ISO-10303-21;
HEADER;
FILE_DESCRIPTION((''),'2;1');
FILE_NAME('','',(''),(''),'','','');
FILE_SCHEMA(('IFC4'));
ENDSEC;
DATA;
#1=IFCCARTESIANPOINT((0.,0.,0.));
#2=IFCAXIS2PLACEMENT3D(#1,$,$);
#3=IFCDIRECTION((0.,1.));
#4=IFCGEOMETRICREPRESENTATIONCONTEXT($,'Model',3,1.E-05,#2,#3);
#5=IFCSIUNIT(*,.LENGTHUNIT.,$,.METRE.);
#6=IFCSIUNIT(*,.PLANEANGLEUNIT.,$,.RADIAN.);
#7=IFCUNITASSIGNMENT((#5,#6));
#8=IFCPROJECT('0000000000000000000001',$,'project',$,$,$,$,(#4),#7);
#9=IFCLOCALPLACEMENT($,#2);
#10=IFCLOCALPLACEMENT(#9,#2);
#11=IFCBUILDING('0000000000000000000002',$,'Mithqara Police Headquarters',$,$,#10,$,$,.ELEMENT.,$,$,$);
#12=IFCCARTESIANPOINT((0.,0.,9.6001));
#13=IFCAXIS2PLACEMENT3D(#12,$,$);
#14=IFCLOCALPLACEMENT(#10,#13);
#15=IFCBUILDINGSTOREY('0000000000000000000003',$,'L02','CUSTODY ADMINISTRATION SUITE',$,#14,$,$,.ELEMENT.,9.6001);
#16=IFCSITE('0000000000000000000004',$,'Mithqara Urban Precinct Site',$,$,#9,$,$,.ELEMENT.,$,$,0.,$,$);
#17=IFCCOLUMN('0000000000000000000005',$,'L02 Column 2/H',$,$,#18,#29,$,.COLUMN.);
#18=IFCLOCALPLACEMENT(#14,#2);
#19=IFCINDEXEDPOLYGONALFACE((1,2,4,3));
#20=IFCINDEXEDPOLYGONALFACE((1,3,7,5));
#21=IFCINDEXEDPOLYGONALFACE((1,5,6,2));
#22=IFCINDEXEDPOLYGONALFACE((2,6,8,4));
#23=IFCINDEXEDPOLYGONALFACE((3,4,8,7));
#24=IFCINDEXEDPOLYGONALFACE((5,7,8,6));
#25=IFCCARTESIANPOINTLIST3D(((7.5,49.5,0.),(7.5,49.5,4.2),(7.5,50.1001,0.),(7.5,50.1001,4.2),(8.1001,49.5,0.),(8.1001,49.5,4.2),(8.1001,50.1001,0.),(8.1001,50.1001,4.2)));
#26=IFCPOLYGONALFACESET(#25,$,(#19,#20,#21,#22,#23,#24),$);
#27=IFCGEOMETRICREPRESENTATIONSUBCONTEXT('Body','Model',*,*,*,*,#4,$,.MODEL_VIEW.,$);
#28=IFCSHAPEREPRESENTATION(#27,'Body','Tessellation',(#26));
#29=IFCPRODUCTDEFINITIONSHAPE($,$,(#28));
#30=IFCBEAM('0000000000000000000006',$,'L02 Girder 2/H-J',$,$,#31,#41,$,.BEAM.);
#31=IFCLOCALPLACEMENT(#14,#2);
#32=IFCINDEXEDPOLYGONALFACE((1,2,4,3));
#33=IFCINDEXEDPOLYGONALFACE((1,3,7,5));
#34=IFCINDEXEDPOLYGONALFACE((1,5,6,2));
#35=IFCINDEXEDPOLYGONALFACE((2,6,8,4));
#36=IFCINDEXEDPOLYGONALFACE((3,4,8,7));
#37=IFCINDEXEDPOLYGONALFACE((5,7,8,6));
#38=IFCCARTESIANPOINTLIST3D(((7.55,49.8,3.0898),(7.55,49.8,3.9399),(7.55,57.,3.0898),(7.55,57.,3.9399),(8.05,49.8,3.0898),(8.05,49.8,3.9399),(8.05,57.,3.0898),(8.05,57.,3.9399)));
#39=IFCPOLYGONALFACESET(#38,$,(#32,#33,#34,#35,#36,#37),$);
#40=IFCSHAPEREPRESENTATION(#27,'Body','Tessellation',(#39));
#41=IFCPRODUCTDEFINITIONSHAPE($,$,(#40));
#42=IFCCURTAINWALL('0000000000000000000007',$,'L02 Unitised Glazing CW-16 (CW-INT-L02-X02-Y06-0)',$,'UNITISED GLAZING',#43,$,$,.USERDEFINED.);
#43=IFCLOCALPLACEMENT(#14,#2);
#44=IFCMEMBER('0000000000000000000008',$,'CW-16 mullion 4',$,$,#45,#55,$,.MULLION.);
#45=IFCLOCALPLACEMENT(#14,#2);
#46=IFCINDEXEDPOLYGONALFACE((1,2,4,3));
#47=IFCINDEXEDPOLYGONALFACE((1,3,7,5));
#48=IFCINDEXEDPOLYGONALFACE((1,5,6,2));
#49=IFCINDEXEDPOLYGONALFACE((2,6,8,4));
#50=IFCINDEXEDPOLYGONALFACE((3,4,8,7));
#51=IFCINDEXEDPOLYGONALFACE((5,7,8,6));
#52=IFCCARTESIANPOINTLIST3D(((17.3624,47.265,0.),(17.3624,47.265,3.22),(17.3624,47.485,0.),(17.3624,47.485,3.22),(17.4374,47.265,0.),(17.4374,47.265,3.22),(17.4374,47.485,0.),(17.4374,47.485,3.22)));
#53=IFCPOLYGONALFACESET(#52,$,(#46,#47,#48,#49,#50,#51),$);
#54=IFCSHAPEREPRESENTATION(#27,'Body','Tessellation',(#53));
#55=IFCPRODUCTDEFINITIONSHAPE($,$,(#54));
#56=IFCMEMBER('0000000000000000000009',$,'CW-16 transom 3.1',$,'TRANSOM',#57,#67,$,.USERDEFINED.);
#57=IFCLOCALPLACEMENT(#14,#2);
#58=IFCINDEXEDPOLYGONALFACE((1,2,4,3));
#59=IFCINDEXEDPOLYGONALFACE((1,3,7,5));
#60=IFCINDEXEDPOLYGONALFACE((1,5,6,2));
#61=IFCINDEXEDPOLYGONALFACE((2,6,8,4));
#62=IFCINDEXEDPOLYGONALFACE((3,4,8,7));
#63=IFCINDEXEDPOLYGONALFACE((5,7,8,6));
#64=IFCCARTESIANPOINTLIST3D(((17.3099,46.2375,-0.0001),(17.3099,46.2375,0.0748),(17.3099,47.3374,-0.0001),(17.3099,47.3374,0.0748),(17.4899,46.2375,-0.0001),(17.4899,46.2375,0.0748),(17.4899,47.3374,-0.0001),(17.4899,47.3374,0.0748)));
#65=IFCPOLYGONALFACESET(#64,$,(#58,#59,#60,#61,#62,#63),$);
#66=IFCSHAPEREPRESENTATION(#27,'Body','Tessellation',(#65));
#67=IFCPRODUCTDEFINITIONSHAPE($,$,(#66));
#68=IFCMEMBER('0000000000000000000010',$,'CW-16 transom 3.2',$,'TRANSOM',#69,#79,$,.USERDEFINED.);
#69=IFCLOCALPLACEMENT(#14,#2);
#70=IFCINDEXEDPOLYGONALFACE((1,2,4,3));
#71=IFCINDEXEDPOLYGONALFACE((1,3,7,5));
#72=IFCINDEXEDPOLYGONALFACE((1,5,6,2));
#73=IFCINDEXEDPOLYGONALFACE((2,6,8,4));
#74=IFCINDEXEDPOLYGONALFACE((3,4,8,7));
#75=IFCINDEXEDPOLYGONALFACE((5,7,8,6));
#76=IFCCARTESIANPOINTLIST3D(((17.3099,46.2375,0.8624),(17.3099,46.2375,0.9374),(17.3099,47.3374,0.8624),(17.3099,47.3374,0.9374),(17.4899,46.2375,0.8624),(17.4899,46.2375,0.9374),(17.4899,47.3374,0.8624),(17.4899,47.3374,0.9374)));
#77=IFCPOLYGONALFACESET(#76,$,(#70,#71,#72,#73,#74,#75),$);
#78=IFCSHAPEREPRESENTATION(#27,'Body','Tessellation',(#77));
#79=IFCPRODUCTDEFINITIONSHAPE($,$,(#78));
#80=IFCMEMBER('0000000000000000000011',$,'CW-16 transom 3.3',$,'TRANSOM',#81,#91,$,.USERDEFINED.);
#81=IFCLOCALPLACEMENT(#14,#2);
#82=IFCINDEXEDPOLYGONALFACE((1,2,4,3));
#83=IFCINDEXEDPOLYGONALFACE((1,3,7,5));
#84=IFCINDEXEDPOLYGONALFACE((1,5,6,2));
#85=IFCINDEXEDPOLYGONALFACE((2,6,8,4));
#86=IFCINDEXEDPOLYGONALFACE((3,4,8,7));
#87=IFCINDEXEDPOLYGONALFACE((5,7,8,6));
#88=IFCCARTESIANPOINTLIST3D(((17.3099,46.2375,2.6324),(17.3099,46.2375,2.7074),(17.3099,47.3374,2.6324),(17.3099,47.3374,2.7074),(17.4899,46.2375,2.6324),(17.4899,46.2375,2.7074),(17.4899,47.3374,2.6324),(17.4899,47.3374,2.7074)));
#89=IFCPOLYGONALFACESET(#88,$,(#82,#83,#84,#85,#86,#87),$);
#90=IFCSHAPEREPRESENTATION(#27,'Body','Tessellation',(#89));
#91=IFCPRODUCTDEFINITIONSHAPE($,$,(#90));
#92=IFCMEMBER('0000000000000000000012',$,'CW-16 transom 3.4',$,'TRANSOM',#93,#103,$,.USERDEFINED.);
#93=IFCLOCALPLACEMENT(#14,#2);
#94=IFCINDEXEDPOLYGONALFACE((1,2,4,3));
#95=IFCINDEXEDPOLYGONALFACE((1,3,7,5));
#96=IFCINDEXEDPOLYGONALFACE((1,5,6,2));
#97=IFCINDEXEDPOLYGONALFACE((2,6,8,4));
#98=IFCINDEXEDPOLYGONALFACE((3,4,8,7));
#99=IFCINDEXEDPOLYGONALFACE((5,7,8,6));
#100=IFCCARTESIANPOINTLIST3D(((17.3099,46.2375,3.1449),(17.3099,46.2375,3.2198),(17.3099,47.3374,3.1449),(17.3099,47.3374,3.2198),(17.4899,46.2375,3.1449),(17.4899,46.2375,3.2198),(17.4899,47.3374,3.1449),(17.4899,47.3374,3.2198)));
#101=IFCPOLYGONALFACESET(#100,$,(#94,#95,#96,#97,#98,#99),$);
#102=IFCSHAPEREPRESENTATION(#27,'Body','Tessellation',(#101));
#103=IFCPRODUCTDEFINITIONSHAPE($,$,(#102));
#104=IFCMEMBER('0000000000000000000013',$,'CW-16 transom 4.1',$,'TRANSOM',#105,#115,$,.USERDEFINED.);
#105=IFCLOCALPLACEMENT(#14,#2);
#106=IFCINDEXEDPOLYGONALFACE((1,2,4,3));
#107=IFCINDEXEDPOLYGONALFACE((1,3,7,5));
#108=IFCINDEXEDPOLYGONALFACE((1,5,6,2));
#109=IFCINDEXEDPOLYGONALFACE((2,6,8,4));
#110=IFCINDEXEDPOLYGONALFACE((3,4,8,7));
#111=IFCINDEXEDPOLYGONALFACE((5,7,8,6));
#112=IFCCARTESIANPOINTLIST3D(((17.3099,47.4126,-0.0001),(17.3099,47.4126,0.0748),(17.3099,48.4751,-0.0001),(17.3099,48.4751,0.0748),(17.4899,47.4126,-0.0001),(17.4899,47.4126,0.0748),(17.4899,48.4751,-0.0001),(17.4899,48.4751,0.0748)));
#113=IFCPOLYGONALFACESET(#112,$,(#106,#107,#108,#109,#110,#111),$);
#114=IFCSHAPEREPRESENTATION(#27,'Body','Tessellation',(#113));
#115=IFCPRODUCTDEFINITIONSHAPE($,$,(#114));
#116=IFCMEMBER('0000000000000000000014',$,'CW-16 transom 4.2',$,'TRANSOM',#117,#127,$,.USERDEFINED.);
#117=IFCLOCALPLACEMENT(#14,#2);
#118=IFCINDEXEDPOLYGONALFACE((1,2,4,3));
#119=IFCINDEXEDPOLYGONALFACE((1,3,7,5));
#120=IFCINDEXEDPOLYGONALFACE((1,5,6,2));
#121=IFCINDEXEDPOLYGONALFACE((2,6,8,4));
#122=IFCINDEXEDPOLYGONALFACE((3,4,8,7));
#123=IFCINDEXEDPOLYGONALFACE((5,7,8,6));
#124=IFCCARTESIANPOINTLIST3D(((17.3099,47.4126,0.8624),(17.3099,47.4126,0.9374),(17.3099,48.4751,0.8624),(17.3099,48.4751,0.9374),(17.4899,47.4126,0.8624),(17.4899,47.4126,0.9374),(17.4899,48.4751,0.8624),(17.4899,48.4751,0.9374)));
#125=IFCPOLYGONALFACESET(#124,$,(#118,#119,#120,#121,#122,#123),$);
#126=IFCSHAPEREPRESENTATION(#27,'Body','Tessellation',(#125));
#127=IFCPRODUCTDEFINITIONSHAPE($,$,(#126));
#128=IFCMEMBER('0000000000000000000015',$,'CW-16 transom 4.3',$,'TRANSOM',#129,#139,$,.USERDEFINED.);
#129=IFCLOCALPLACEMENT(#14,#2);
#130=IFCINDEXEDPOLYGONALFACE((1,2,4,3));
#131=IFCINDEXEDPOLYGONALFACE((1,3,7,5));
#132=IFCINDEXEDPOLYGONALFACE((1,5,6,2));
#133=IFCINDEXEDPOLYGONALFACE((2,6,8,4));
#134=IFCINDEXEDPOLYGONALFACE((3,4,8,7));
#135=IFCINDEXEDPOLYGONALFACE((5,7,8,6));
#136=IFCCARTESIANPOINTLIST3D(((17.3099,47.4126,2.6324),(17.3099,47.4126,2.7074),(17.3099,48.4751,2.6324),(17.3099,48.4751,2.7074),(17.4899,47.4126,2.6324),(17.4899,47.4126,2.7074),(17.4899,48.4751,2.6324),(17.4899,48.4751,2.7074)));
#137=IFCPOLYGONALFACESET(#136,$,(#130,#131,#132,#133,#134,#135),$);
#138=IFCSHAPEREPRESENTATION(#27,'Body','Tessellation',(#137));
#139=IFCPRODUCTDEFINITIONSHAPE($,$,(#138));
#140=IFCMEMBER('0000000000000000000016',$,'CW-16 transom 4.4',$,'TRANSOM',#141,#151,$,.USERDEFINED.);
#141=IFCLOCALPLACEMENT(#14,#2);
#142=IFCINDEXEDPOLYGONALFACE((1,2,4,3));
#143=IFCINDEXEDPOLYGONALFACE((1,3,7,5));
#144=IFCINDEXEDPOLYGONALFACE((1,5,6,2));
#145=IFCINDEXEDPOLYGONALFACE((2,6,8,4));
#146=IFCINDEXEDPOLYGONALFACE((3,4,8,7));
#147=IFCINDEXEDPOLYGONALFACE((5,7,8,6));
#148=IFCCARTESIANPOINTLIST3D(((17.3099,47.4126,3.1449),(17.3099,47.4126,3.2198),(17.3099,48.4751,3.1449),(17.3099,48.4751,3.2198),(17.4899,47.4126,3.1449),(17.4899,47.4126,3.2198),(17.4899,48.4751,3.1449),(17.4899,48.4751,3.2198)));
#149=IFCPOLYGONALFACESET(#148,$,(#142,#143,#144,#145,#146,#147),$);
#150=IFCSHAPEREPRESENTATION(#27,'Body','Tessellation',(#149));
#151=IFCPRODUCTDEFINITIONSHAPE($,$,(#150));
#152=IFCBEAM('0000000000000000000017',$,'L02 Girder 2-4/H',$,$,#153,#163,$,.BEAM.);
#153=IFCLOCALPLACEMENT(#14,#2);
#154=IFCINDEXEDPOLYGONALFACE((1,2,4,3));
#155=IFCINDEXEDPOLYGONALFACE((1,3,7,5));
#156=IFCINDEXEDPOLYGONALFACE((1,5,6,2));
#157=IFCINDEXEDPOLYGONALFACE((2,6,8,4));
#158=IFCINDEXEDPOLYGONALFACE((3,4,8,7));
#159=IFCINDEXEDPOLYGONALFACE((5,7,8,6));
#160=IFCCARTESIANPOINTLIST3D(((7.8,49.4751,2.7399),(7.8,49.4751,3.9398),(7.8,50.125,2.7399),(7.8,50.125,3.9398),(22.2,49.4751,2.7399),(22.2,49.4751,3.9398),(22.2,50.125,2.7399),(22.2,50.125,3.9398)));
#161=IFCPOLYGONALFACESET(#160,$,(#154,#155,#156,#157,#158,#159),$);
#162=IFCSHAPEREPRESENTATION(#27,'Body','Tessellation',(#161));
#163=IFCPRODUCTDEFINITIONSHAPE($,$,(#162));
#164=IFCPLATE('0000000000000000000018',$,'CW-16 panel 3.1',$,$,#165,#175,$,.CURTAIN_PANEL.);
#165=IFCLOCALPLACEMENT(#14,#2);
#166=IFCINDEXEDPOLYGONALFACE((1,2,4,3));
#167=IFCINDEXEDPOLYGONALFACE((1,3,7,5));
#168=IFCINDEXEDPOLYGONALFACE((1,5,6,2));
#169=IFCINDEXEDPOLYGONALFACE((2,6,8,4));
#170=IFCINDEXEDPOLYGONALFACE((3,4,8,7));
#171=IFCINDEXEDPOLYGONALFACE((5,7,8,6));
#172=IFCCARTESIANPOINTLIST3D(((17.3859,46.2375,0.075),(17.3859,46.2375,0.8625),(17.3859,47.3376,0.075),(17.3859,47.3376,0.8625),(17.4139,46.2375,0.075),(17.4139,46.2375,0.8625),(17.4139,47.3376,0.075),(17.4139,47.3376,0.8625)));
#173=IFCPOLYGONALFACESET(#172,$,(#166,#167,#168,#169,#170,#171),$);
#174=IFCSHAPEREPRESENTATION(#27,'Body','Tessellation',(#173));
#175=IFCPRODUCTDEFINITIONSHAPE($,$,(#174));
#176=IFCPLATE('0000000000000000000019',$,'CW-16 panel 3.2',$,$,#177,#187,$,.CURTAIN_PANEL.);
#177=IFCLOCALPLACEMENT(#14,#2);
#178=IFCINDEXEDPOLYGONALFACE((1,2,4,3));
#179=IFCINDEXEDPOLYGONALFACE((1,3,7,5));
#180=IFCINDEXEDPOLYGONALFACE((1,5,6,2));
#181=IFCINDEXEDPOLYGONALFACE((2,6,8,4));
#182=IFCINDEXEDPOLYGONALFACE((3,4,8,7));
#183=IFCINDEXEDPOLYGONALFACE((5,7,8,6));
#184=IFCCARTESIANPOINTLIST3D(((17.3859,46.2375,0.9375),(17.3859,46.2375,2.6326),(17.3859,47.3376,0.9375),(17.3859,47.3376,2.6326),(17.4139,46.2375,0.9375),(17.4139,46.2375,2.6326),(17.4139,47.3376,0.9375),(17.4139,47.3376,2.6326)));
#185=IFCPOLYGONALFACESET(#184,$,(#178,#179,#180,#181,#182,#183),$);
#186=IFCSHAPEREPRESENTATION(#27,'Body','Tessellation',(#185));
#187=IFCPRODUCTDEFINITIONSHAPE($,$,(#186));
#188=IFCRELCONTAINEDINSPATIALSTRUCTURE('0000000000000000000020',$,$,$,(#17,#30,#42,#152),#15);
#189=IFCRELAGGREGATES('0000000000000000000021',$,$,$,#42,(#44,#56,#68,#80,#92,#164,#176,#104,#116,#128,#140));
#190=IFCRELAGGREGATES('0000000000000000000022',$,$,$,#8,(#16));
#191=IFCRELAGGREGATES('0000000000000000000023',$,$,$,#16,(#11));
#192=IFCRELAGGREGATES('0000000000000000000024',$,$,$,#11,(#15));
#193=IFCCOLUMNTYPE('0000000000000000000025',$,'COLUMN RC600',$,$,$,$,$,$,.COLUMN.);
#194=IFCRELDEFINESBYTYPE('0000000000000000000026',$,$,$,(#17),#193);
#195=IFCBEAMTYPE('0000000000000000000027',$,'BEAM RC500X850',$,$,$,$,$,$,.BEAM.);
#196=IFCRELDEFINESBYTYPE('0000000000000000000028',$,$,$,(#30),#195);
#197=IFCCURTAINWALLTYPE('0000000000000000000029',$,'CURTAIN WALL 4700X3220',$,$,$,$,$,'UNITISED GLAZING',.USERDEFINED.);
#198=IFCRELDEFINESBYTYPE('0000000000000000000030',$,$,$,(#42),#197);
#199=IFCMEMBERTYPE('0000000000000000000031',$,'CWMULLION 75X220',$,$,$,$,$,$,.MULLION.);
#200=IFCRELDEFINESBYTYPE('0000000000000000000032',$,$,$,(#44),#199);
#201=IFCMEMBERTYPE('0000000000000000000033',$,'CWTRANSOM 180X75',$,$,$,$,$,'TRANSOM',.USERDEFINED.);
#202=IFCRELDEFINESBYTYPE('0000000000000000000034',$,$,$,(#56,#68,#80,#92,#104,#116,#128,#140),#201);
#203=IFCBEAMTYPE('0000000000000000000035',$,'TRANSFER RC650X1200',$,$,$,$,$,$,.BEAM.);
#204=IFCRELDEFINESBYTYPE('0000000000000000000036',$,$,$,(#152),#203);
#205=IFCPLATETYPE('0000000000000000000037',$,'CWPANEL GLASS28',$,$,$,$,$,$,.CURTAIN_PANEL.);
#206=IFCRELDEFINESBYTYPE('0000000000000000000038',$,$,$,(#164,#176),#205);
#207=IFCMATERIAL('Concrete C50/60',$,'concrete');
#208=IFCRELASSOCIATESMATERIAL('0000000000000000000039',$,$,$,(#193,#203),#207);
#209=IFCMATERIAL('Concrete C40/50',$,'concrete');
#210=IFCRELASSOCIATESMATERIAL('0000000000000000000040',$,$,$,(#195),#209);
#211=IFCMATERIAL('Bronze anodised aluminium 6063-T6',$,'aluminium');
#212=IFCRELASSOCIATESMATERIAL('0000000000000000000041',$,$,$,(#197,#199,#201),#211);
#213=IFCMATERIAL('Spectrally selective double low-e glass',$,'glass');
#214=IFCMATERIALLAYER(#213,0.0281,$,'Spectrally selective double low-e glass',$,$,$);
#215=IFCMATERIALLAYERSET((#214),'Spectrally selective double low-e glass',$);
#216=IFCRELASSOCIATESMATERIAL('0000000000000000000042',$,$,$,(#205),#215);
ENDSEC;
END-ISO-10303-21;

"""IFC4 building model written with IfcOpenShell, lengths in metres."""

from ifc_helpers import new_model, si_unit, direction, frame, origin, origin_2d, place, context, subcontext, project, spatial, rectangle, extrude, material, layer, layer_set, material_profile, profile_set, type_object, element, aggregate, save


model = new_model("IFC4")

# Units and contexts
model_context = context("Model", 3, precision=1e-05, world=origin(), true_north=direction((0.0, 1.0)))
body_context = subcontext(model_context, "Body", "Model", "MODEL_VIEW")
ifc_project = project(units=[si_unit("LENGTHUNIT", "METRE"), si_unit("PLANEANGLEUNIT", "RADIAN")], contexts=[model_context])

# Site, building, storey
site_placement = place(None, origin())
site = spatial("IfcSite", under=ifc_project, at=site_placement, Name="Mithqara Urban Precinct Site", CompositionType="ELEMENT", RefElevation=0.0)
building_placement = place(site_placement, origin())
building = spatial("IfcBuilding", under=site, at=building_placement, Name="Mithqara Police Headquarters", CompositionType="ELEMENT")
storey_placement = place(building_placement, frame((0.0, 0.0, 9.6001)))
storey = spatial("IfcBuildingStorey", under=building, at=storey_placement, Name="L02", Description="CUSTODY ADMINISTRATION SUITE", CompositionType="ELEMENT", Elevation=9.6001)

# Column
ifc_material_1 = material(Name="Concrete C50/60", Category="concrete")
ifc_material_profile_1 = material_profile(ifc_material_1, rectangle(XDim=0.6001, YDim=0.6001, at=origin_2d()), Name="RC 600x600")
ifc_profile_set_1 = profile_set([ifc_material_profile_1], Name="Concrete C50/60")
column_type = type_object("IfcColumnType", Name="COLUMN RC600", PredefinedType="COLUMN", material=ifc_profile_set_1)
column_placement = place(storey_placement, frame((7.8, 49.8, 0.0), z_axis=(0.0, 0.0, 1.0), x_axis=(1.0, 0.0, 0.0)))
element("IfcColumn", 1, at=column_placement, inside=storey, type_object=column_type, Name="L02 Column 2/H", PredefinedType="COLUMN", context=body_context, shape_type="SweptSolid", body=[
    extrude(rectangle(XDim=0.6001, YDim=0.6001, at=origin_2d()), origin(), (0.0, 0.0, 1.0), 4.2),
])

# Beam
ifc_material_2 = material(Name="Concrete C40/50", Category="concrete")
ifc_material_profile_2 = material_profile(ifc_material_2, rectangle(XDim=0.5, YDim=0.8501, at=origin_2d()), Name="RC 500x850")
ifc_profile_set_2 = profile_set([ifc_material_profile_2], Name="Concrete C40/50")
beam_type_1 = type_object("IfcBeamType", Name="BEAM RC500X850", PredefinedType="BEAM", material=ifc_profile_set_2)
beam_1_placement = place(storey_placement, frame((7.8, 49.8, 3.5149), z_axis=(0.0, 1.0, 0.0), x_axis=(-1.0, 0.0, 0.0)))
element("IfcBeam", 2, at=beam_1_placement, inside=storey, type_object=beam_type_1, Name="L02 Girder 2/H-J", PredefinedType="BEAM", context=body_context, shape_type="SweptSolid", body=[
    extrude(rectangle(XDim=0.5, YDim=0.8501, at=origin_2d()), origin(), (0.0, 0.0, 1.0), 7.2),
])

# Curtain wall, members
ifc_material_3 = material(Name="Bronze anodised aluminium 6063-T6", Category="aluminium")
curtain_wall_type = type_object("IfcCurtainWallType", Name="CURTAIN WALL 4700X3220", ElementType="UNITISED GLAZING", PredefinedType="USERDEFINED", material=ifc_material_3)
curtain_wall_placement = place(storey_placement, origin())
curtain_wall = element("IfcCurtainWall", 3, at=curtain_wall_placement, inside=storey, type_object=curtain_wall_type, Name="L02 Unitised Glazing CW-16 (CW-INT-L02-X02-Y06-0)", ObjectType="UNITISED GLAZING", PredefinedType="USERDEFINED")
ifc_material_profile_3 = material_profile(ifc_material_3, rectangle(XDim=0.075, YDim=0.22, at=origin_2d()), Name="CWM 75x220")
ifc_profile_set_3 = profile_set([ifc_material_profile_3], Name="Bronze anodised aluminium 6063-T6")
member_type_1 = type_object("IfcMemberType", Name="CWMULLION 75X220", PredefinedType="MULLION", material=ifc_profile_set_3)
member_1_placement = place(storey_placement, frame((17.3999, 47.375, 0.0), z_axis=(0.0, 0.0, 1.0), x_axis=(-1.0, 0.0, 0.0)))
member_1 = element("IfcMember", 4, at=member_1_placement, type_object=member_type_1, Name="CW-16 mullion 4", PredefinedType="MULLION", context=body_context, shape_type="SweptSolid", body=[
    extrude(rectangle(XDim=0.075, YDim=0.22, at=origin_2d()), origin(), (0.0, 0.0, 1.0), 3.22),
])
ifc_material_profile_4 = material_profile(ifc_material_3, rectangle(XDim=0.1799, YDim=0.075, at=origin_2d()), Name="CWT 180x75")
ifc_profile_set_4 = profile_set([ifc_material_profile_4], Name="Bronze anodised aluminium 6063-T6")
member_type_2 = type_object("IfcMemberType", Name="CWTRANSOM 180X75", ElementType="TRANSOM", PredefinedType="USERDEFINED", material=ifc_profile_set_4)
member_2_placement = place(storey_placement, frame((17.3999, 46.2375, 0.0374), z_axis=(0.0, 1.0, 0.0), x_axis=(-1.0, 0.0, 0.0)))
member_2 = element("IfcMember", 5, at=member_2_placement, type_object=member_type_2, Name="CW-16 transom 3.1", ObjectType="TRANSOM", PredefinedType="USERDEFINED", context=body_context, shape_type="SweptSolid", body=[
    extrude(rectangle(XDim=0.1799, YDim=0.075, at=origin_2d()), origin(), (0.0, 0.0, 1.0), 1.0999),
])
member_3_placement = place(storey_placement, frame((17.3999, 46.2375, 0.8999), z_axis=(0.0, 1.0, 0.0), x_axis=(-1.0, 0.0, 0.0)))
member_3 = element("IfcMember", 6, at=member_3_placement, type_object=member_type_2, Name="CW-16 transom 3.2", ObjectType="TRANSOM", PredefinedType="USERDEFINED", context=body_context, shape_type="SweptSolid", body=[
    extrude(rectangle(XDim=0.1799, YDim=0.075, at=origin_2d()), origin(), (0.0, 0.0, 1.0), 1.0999),
])
member_4_placement = place(storey_placement, frame((17.3999, 46.2375, 2.6699), z_axis=(0.0, 1.0, 0.0), x_axis=(-1.0, 0.0, 0.0)))
member_4 = element("IfcMember", 7, at=member_4_placement, type_object=member_type_2, Name="CW-16 transom 3.3", ObjectType="TRANSOM", PredefinedType="USERDEFINED", context=body_context, shape_type="SweptSolid", body=[
    extrude(rectangle(XDim=0.1799, YDim=0.075, at=origin_2d()), origin(), (0.0, 0.0, 1.0), 1.0999),
])
member_5_placement = place(storey_placement, frame((17.3999, 46.2375, 3.1824), z_axis=(0.0, 1.0, 0.0), x_axis=(-1.0, 0.0, 0.0)))
member_5 = element("IfcMember", 8, at=member_5_placement, type_object=member_type_2, Name="CW-16 transom 3.4", ObjectType="TRANSOM", PredefinedType="USERDEFINED", context=body_context, shape_type="SweptSolid", body=[
    extrude(rectangle(XDim=0.1799, YDim=0.075, at=origin_2d()), origin(), (0.0, 0.0, 1.0), 1.0999),
])
member_6_placement = place(storey_placement, frame((17.3999, 47.4126, 0.0374), z_axis=(0.0, 1.0, 0.0), x_axis=(-1.0, 0.0, 0.0)))
member_6 = element("IfcMember", 9, at=member_6_placement, type_object=member_type_2, Name="CW-16 transom 4.1", ObjectType="TRANSOM", PredefinedType="USERDEFINED", context=body_context, shape_type="SweptSolid", body=[
    extrude(rectangle(XDim=0.1799, YDim=0.075, at=origin_2d()), origin(), (0.0, 0.0, 1.0), 1.0625),
])
member_7_placement = place(storey_placement, frame((17.3999, 47.4126, 0.8999), z_axis=(0.0, 1.0, 0.0), x_axis=(-1.0, 0.0, 0.0)))
member_7 = element("IfcMember", 10, at=member_7_placement, type_object=member_type_2, Name="CW-16 transom 4.2", ObjectType="TRANSOM", PredefinedType="USERDEFINED", context=body_context, shape_type="SweptSolid", body=[
    extrude(rectangle(XDim=0.1799, YDim=0.075, at=origin_2d()), origin(), (0.0, 0.0, 1.0), 1.0625),
])
member_8_placement = place(storey_placement, frame((17.3999, 47.4126, 2.6699), z_axis=(0.0, 1.0, 0.0), x_axis=(-1.0, 0.0, 0.0)))
member_8 = element("IfcMember", 11, at=member_8_placement, type_object=member_type_2, Name="CW-16 transom 4.3", ObjectType="TRANSOM", PredefinedType="USERDEFINED", context=body_context, shape_type="SweptSolid", body=[
    extrude(rectangle(XDim=0.1799, YDim=0.075, at=origin_2d()), origin(), (0.0, 0.0, 1.0), 1.0625),
])
member_9_placement = place(storey_placement, frame((17.3999, 47.4126, 3.1824), z_axis=(0.0, 1.0, 0.0), x_axis=(-1.0, 0.0, 0.0)))
member_9 = element("IfcMember", 12, at=member_9_placement, type_object=member_type_2, Name="CW-16 transom 4.4", ObjectType="TRANSOM", PredefinedType="USERDEFINED", context=body_context, shape_type="SweptSolid", body=[
    extrude(rectangle(XDim=0.1799, YDim=0.075, at=origin_2d()), origin(), (0.0, 0.0, 1.0), 1.0625),
])

# Beam
ifc_material_profile_5 = material_profile(ifc_material_1, rectangle(XDim=0.6499, YDim=1.2, at=origin_2d()), Name="RC 650x1200")
ifc_profile_set_5 = profile_set([ifc_material_profile_5], Name="Concrete C50/60")
beam_type_2 = type_object("IfcBeamType", Name="TRANSFER RC650X1200", PredefinedType="BEAM", material=ifc_profile_set_5)
beam_2_placement = place(storey_placement, frame((7.8, 49.8, 3.3398), z_axis=(1.0, 0.0, 0.0), x_axis=(0.0, 1.0, 0.0)))
element("IfcBeam", 13, at=beam_2_placement, inside=storey, type_object=beam_type_2, Name="L02 Girder 2-4/H", PredefinedType="BEAM", context=body_context, shape_type="SweptSolid", body=[
    extrude(rectangle(XDim=0.6499, YDim=1.2, at=origin_2d()), origin(), (0.0, 0.0, 1.0), 14.3999),
])

# Plates
ifc_material_4 = material(Name="Spectrally selective double low-e glass", Category="glass")
ifc_layer_1 = layer(ifc_material_4, 0.0281, Name="Spectrally selective double low-e glass")
ifc_layer_set_1 = layer_set([ifc_layer_1], Name="Spectrally selective double low-e glass")
plate_type = type_object("IfcPlateType", Name="CWPANEL GLASS28", PredefinedType="CURTAIN_PANEL", material=ifc_layer_set_1)
plate_1_placement = place(storey_placement, frame((17.3999, 46.7876, 0.075), z_axis=(0.0, 0.0, 1.0), x_axis=(0.0, 1.0, 0.0)))
plate_1 = element("IfcPlate", 14, at=plate_1_placement, type_object=plate_type, Name="CW-16 panel 3.1", PredefinedType="CURTAIN_PANEL", context=body_context, shape_type="SweptSolid", body=[
    extrude(rectangle(XDim=1.1001, YDim=0.0281, at=origin_2d()), origin(), (0.0, 0.0, 1.0), 0.7876),
])
plate_2_placement = place(storey_placement, frame((17.3999, 46.7876, 0.9375), z_axis=(0.0, 0.0, 1.0), x_axis=(0.0, 1.0, 0.0)))
plate_2 = element("IfcPlate", 15, at=plate_2_placement, type_object=plate_type, Name="CW-16 panel 3.2", PredefinedType="CURTAIN_PANEL", context=body_context, shape_type="SweptSolid", body=[
    extrude(rectangle(XDim=1.1001, YDim=0.0281, at=origin_2d()), origin(), (0.0, 0.0, 1.0), 1.6951),
])
aggregate(curtain_wall, [member_1, member_2, member_3, member_4, member_5, plate_1, plate_2, member_6, member_7, member_8, member_9])

save(model, "model.ifc")
